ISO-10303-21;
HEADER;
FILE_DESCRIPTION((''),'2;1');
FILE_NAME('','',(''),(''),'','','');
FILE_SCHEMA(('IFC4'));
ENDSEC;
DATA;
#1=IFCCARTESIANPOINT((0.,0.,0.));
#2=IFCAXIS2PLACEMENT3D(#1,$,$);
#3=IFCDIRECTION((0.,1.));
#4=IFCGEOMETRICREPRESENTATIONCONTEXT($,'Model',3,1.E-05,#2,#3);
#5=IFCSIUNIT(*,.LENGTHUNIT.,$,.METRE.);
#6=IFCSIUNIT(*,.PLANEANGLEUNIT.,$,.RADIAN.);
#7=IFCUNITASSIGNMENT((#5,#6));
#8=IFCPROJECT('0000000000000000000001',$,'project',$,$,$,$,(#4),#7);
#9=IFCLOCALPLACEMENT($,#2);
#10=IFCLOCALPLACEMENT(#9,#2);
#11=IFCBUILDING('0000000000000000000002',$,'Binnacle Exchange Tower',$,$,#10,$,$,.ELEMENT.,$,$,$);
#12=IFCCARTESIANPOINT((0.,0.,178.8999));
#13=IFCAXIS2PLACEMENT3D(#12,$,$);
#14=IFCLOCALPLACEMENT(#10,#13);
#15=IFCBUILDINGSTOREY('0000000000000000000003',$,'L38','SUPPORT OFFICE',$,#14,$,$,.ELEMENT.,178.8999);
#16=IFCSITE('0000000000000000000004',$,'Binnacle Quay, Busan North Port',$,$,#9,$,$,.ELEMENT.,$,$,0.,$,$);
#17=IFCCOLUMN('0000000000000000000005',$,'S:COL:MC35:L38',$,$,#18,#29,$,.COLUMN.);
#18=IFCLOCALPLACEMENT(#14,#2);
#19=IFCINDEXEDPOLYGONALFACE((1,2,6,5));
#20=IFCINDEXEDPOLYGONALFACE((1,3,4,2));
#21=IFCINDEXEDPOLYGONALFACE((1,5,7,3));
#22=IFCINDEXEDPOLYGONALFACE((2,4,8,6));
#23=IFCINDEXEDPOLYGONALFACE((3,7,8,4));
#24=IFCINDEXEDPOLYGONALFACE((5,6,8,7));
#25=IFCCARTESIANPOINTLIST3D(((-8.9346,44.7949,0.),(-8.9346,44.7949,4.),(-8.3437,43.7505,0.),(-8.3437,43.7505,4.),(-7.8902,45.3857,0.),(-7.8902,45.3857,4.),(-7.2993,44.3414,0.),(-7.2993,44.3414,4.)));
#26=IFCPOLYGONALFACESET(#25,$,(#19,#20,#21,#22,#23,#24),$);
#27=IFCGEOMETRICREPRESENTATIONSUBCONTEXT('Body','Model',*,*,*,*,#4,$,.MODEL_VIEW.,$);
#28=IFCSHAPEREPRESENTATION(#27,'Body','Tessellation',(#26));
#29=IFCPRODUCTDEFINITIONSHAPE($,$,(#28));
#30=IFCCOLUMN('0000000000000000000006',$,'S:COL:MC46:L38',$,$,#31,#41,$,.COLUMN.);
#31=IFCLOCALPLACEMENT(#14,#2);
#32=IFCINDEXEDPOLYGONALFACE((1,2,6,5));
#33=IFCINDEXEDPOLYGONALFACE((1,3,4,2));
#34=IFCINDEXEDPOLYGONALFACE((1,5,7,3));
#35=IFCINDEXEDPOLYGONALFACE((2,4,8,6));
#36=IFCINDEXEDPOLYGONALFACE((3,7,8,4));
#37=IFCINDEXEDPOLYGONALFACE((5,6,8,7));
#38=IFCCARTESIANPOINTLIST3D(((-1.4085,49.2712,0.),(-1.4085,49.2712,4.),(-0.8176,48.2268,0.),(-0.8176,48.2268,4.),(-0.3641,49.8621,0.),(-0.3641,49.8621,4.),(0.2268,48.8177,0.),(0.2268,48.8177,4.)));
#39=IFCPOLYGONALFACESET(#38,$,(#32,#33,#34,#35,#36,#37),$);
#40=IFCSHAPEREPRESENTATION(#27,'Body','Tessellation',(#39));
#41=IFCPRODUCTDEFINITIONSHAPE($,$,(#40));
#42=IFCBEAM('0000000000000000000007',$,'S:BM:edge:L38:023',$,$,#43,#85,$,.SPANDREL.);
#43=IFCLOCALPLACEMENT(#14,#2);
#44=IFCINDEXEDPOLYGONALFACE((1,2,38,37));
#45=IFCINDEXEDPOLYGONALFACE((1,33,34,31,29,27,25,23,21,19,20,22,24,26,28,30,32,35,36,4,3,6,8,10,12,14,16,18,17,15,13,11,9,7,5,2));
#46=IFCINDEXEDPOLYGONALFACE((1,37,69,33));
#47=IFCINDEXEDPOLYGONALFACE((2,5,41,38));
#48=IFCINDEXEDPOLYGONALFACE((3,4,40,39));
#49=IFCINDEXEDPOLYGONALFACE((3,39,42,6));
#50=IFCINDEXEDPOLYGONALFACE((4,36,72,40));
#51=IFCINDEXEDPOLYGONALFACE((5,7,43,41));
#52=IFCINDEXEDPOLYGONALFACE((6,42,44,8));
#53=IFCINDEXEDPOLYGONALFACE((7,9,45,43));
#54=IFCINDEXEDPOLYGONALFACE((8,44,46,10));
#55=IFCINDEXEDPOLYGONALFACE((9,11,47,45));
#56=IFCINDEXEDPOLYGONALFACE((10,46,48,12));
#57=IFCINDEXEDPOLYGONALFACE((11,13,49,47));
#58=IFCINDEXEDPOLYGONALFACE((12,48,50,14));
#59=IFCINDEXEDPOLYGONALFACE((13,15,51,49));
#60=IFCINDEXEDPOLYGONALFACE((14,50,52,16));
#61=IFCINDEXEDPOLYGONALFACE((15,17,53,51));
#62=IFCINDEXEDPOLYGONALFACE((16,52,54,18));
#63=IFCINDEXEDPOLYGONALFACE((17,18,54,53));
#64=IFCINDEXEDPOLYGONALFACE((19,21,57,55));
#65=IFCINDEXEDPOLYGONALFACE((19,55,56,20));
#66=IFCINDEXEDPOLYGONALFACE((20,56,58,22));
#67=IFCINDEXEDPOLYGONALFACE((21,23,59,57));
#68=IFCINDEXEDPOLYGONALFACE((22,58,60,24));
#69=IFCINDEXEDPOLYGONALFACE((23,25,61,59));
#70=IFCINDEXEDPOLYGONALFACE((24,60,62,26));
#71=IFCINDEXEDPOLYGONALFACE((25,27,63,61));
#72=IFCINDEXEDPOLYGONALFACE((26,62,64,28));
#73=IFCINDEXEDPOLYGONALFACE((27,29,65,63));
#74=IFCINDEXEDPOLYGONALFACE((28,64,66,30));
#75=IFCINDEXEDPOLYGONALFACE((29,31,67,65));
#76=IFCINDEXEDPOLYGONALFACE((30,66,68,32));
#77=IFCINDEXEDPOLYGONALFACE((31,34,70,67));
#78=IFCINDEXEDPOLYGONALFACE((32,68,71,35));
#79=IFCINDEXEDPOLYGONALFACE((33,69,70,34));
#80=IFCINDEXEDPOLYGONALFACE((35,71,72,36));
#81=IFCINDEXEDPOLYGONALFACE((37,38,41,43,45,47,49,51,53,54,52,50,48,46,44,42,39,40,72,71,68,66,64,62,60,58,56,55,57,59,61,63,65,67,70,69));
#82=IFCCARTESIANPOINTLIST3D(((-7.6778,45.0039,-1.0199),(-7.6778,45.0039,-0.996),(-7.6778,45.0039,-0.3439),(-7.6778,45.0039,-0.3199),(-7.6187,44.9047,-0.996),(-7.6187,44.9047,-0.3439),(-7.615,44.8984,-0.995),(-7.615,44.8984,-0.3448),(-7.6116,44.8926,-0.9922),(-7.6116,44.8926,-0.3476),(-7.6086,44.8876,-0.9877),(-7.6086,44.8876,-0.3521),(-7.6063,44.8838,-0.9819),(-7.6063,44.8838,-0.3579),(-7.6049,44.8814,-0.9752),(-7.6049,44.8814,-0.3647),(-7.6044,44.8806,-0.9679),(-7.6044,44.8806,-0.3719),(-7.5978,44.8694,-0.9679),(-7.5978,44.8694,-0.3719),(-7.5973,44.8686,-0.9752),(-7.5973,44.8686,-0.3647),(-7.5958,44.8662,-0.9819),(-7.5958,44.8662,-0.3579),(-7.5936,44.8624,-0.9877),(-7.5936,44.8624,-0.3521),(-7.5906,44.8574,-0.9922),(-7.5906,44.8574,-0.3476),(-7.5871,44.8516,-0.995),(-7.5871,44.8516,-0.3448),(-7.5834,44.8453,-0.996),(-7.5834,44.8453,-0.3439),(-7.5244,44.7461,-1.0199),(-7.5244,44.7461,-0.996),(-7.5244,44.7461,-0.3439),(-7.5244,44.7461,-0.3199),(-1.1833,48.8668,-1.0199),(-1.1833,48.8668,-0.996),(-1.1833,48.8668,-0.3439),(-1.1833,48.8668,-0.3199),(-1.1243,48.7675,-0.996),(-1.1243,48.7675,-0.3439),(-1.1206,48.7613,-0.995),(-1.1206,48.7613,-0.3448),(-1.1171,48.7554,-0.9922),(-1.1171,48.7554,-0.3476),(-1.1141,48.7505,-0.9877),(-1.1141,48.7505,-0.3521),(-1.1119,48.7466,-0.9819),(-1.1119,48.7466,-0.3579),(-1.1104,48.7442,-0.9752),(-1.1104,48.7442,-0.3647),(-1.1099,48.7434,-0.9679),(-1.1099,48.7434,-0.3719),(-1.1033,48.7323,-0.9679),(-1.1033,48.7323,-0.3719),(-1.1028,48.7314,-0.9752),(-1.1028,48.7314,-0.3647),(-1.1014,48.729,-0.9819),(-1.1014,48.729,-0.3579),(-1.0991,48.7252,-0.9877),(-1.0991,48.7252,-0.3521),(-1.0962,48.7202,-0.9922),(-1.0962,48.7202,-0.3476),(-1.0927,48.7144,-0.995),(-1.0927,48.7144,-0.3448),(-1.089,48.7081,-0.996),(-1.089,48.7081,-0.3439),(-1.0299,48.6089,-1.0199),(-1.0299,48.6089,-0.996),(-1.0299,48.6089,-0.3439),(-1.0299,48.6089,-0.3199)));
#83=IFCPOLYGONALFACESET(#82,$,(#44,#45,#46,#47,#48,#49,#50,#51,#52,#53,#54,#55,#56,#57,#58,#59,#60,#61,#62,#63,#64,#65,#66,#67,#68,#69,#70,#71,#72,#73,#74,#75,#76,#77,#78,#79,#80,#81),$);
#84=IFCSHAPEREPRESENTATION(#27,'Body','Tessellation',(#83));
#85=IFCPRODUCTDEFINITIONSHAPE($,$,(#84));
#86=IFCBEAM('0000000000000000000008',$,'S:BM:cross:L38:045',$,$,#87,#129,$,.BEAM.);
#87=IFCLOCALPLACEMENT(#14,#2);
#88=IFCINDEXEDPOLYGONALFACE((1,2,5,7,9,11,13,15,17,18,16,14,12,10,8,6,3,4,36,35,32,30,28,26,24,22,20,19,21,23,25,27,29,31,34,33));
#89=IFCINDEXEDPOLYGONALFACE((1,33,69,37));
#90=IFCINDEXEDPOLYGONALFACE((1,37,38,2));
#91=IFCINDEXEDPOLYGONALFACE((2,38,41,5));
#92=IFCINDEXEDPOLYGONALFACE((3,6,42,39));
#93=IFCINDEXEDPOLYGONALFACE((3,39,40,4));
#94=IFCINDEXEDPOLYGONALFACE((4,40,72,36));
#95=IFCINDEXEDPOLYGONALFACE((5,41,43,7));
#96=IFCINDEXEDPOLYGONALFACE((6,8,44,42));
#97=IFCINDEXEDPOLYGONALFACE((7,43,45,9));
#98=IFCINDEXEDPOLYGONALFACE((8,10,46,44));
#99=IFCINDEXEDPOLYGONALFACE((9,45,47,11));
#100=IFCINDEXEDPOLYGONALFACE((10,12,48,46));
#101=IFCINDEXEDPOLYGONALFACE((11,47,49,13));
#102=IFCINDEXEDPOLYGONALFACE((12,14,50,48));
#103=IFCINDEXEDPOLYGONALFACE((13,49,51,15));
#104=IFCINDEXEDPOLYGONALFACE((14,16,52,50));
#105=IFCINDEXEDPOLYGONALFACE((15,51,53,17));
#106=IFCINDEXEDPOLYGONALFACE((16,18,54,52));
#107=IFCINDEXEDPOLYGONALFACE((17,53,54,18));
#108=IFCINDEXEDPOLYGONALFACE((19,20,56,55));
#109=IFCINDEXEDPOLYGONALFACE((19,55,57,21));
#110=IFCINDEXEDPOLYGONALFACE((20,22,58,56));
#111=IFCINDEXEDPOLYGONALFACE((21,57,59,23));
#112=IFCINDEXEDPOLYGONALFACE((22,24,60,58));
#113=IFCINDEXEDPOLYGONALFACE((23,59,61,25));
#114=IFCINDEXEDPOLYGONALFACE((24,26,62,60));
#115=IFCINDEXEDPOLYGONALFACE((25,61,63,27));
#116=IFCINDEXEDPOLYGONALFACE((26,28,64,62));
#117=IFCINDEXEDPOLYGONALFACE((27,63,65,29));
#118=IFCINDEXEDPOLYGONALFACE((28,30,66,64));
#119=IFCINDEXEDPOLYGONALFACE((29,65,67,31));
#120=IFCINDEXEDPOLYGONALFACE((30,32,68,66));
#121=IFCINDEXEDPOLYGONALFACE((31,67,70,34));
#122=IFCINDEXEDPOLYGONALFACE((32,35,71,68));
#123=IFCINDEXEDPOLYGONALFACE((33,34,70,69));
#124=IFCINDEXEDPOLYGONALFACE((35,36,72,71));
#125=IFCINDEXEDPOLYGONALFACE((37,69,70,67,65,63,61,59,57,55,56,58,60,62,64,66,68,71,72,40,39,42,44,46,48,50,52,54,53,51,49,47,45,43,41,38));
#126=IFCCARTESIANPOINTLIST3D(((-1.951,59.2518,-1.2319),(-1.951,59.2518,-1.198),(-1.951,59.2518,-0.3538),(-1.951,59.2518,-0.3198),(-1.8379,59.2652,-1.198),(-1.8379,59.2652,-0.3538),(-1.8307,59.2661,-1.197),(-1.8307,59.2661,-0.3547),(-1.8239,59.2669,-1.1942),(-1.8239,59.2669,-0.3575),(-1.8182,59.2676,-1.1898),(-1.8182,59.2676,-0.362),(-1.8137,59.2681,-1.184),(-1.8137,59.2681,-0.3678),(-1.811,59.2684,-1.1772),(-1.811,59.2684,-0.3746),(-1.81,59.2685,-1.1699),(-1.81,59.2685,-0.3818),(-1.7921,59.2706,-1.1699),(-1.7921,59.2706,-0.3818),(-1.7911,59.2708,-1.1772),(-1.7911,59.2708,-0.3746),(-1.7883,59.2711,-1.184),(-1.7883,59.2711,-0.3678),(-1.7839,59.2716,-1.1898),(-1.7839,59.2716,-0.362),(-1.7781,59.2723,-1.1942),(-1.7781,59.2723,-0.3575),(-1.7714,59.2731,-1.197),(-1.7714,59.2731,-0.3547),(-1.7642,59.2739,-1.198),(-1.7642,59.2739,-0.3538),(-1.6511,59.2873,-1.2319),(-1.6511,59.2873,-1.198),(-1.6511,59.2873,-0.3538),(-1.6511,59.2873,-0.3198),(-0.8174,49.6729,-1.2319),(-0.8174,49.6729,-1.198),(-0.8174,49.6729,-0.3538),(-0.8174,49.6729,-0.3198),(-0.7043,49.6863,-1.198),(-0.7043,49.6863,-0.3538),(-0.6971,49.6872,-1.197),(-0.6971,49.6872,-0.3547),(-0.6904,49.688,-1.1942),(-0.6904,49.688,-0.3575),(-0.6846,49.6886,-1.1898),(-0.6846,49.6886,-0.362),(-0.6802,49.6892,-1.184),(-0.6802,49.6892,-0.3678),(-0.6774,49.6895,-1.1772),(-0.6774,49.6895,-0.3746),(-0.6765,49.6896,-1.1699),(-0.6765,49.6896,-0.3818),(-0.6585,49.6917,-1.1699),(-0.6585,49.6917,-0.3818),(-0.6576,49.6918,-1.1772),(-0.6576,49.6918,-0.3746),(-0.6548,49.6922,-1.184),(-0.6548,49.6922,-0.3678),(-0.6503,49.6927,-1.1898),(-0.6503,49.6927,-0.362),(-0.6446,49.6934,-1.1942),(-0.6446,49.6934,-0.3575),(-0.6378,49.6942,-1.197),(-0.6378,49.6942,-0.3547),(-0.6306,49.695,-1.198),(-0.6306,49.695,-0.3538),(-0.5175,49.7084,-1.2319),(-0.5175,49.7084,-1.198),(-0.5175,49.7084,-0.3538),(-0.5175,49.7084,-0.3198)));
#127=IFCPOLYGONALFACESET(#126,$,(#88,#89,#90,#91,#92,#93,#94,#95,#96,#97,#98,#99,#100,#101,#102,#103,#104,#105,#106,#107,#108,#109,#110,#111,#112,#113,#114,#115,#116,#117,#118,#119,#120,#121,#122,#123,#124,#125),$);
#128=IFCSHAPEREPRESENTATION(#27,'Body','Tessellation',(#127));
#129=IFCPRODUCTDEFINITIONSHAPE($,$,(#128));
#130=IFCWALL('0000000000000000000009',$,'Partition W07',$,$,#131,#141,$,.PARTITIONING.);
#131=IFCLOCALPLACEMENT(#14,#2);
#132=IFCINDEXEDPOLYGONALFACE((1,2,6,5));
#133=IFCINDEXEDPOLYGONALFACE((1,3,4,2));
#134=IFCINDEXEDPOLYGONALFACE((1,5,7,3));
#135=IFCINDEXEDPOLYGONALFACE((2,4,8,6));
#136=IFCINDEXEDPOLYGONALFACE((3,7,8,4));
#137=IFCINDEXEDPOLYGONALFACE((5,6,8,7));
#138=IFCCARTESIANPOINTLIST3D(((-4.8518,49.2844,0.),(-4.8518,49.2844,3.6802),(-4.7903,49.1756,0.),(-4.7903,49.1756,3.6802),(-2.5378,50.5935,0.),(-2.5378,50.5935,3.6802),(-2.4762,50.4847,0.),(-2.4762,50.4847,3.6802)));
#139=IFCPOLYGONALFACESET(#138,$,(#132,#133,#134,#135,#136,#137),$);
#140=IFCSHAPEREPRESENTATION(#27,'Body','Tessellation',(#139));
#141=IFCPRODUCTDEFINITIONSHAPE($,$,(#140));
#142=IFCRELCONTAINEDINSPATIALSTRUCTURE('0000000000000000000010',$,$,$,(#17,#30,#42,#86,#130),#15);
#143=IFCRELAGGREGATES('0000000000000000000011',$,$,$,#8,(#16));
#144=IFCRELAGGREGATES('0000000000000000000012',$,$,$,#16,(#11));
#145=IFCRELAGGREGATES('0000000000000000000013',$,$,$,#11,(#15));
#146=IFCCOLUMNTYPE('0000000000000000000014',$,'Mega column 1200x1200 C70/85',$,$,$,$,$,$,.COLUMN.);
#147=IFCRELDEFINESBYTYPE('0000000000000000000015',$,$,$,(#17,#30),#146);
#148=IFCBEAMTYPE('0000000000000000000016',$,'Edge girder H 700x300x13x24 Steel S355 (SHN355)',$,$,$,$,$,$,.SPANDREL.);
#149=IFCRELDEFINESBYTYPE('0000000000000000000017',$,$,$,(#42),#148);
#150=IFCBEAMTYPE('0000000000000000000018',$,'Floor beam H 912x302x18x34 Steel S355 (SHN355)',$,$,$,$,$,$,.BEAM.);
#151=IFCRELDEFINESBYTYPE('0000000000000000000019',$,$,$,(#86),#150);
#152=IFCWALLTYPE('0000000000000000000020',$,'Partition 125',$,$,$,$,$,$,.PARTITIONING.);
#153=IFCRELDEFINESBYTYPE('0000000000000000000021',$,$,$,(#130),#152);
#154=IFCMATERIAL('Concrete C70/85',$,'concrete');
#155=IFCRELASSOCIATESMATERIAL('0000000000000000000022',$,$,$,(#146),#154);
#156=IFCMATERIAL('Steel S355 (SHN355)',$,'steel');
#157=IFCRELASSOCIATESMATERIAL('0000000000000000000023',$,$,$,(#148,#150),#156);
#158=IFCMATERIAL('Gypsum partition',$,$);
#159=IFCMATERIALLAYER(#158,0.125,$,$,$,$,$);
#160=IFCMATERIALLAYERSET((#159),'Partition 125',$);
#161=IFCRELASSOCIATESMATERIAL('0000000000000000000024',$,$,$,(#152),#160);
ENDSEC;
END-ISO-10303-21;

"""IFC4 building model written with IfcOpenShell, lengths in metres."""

from ifc_helpers import new_model, si_unit, direction, frame, frame_2d, origin, origin_2d, place, context, subcontext, project, spatial, rectangle, i_section, extrude, material, layer, layer_set, material_profile, profile_set, type_object, element, save


model = new_model("IFC4")

# Units and contexts
model_context = context("Model", 3, precision=1e-05, world=origin(), true_north=direction((0.0, 1.0)))
body_context = subcontext(model_context, "Body", "Model", "MODEL_VIEW")
ifc_project = project(units=[si_unit("LENGTHUNIT", "METRE"), si_unit("PLANEANGLEUNIT", "RADIAN")], contexts=[model_context])

# Site, building, storey
site_placement = place(None, origin())
site = spatial("IfcSite", under=ifc_project, at=site_placement, Name="Binnacle Quay, Busan North Port", CompositionType="ELEMENT", RefElevation=0.0)
building_placement = place(site_placement, origin())
building = spatial("IfcBuilding", under=site, at=building_placement, Name="Binnacle Exchange Tower", CompositionType="ELEMENT")
storey_placement = place(building_placement, frame((0.0, 0.0, 178.8999)))
storey = spatial("IfcBuildingStorey", under=building, at=storey_placement, Name="L38", Description="SUPPORT OFFICE", CompositionType="ELEMENT", Elevation=178.8999)

# Columns
ifc_material_1 = material(Name="Concrete C70/85", Category="concrete")
ifc_material_profile_1 = material_profile(ifc_material_1, rectangle(XDim=1.2, YDim=1.2, at=origin_2d()), Name="Mega column 1200x1200 C70/85")
ifc_profile_set_1 = profile_set([ifc_material_profile_1], Name="Concrete C70/85")
column_type = type_object("IfcColumnType", Name="Mega column 1200x1200 C70/85", PredefinedType="COLUMN", material=ifc_profile_set_1)
for number, where, z_axis, x_axis, name in (
    (1, (-8.1169, 44.5681, 0.0), (0.0, 0.0, 1.0), (0.870356, 0.492424, 0.0), "S:COL:MC35:L38"),
    (2, (-0.5908, 49.0444, 0.0), (0.0, 0.0, 1.0), (0.870356, 0.492424, 0.0), "S:COL:MC46:L38"),
):
    element("IfcColumn", number, at=place(storey_placement, frame(where, z_axis=z_axis, x_axis=x_axis)), inside=storey, type_object=column_type, Name=name, PredefinedType="COLUMN", context=body_context, shape_type="SweptSolid", body=[
        extrude(rectangle(XDim=1.2, YDim=1.2, at=origin_2d()), origin(), (0.0, 0.0, 1.0), 4.0),
    ])

# Beams
ifc_material_2 = material(Name="Steel S355 (SHN355)", Category="steel")
ifc_material_profile_2 = material_profile(ifc_material_2, i_section(OverallWidth=0.3, OverallDepth=0.7, WebThickness=0.0129, FlangeThickness=0.0239, FilletRadius=0.0281, at=origin_2d()), Name="H 700x300x13x24")
ifc_profile_set_2 = profile_set([ifc_material_profile_2], Name="Steel S355 (SHN355)")
beam_type_1 = type_object("IfcBeamType", Name="Edge girder H 700x300x13x24 Steel S355 (SHN355)", PredefinedType="SPANDREL", material=ifc_profile_set_2)
beam_1_placement = place(storey_placement, frame((-7.6011, 44.875, -0.6699), z_axis=(0.859462, 0.511199, 0.0), x_axis=(-0.511199, 0.859462, 0.0)))
element("IfcBeam", 3, at=beam_1_placement, inside=storey, type_object=beam_type_1, Name="S:BM:edge:L38:023", PredefinedType="SPANDREL", context=body_context, shape_type="SweptSolid", body=[
    extrude(i_section(OverallWidth=0.3, OverallDepth=0.7, WebThickness=0.0129, FlangeThickness=0.0239, FilletRadius=0.0281, at=origin_2d()), origin(), (0.0, 0.0, 1.0), 7.5564),
])
ifc_material_profile_3 = material_profile(ifc_material_2, i_section(OverallWidth=0.302, OverallDepth=0.9121, WebThickness=0.0181, FlangeThickness=0.0339, FilletRadius=0.0281, at=origin_2d()), Name="H 912x302x18x34")
ifc_profile_set_3 = profile_set([ifc_material_profile_3], Name="Steel S355 (SHN355)")
beam_type_2 = type_object("IfcBeamType", Name="Floor beam H 912x302x18x34 Steel S355 (SHN355)", PredefinedType="BEAM", material=ifc_profile_set_3)
beam_2_placement = place(storey_placement, frame((-0.6675, 49.6907, -0.7759), z_axis=(-0.117518, 0.993071, 0.0), x_axis=(-0.993071, -0.117518, 0.0)))
element("IfcBeam", 4, at=beam_2_placement, inside=storey, type_object=beam_type_2, Name="S:BM:cross:L38:045", PredefinedType="BEAM", context=body_context, shape_type="SweptSolid", body=[
    extrude(i_section(OverallWidth=0.302, OverallDepth=0.9121, WebThickness=0.0181, FlangeThickness=0.0339, FilletRadius=0.0281, at=origin_2d()), origin(), (0.0, 0.0, 1.0), 9.6458),
])

# Wall
ifc_material_3 = material(Name="Gypsum partition")
ifc_layer_1 = layer(ifc_material_3, 0.125)
ifc_layer_set_1 = layer_set([ifc_layer_1], Name="Partition 125")
wall_type_1 = type_object("IfcWallType", Name="Partition 125", PredefinedType="PARTITIONING", material=ifc_layer_set_1)
wall_1_placement = place(storey_placement, frame((-4.821, 49.23, 0.0), z_axis=(0.0, 0.0, 1.0), x_axis=(0.870371, 0.492396, 0.0)))
element("IfcWall", 5, at=wall_1_placement, inside=storey, type_object=wall_type_1, Name="Partition W07", PredefinedType="PARTITIONING", context=body_context, shape_type="SweptSolid", body=[
    extrude(rectangle(XDim=2.6587, YDim=0.125, at=frame_2d((1.3293, 0.0))), origin(), (0.0, 0.0, 1.0), 3.6802),
])

save(model, "model.ifc")
